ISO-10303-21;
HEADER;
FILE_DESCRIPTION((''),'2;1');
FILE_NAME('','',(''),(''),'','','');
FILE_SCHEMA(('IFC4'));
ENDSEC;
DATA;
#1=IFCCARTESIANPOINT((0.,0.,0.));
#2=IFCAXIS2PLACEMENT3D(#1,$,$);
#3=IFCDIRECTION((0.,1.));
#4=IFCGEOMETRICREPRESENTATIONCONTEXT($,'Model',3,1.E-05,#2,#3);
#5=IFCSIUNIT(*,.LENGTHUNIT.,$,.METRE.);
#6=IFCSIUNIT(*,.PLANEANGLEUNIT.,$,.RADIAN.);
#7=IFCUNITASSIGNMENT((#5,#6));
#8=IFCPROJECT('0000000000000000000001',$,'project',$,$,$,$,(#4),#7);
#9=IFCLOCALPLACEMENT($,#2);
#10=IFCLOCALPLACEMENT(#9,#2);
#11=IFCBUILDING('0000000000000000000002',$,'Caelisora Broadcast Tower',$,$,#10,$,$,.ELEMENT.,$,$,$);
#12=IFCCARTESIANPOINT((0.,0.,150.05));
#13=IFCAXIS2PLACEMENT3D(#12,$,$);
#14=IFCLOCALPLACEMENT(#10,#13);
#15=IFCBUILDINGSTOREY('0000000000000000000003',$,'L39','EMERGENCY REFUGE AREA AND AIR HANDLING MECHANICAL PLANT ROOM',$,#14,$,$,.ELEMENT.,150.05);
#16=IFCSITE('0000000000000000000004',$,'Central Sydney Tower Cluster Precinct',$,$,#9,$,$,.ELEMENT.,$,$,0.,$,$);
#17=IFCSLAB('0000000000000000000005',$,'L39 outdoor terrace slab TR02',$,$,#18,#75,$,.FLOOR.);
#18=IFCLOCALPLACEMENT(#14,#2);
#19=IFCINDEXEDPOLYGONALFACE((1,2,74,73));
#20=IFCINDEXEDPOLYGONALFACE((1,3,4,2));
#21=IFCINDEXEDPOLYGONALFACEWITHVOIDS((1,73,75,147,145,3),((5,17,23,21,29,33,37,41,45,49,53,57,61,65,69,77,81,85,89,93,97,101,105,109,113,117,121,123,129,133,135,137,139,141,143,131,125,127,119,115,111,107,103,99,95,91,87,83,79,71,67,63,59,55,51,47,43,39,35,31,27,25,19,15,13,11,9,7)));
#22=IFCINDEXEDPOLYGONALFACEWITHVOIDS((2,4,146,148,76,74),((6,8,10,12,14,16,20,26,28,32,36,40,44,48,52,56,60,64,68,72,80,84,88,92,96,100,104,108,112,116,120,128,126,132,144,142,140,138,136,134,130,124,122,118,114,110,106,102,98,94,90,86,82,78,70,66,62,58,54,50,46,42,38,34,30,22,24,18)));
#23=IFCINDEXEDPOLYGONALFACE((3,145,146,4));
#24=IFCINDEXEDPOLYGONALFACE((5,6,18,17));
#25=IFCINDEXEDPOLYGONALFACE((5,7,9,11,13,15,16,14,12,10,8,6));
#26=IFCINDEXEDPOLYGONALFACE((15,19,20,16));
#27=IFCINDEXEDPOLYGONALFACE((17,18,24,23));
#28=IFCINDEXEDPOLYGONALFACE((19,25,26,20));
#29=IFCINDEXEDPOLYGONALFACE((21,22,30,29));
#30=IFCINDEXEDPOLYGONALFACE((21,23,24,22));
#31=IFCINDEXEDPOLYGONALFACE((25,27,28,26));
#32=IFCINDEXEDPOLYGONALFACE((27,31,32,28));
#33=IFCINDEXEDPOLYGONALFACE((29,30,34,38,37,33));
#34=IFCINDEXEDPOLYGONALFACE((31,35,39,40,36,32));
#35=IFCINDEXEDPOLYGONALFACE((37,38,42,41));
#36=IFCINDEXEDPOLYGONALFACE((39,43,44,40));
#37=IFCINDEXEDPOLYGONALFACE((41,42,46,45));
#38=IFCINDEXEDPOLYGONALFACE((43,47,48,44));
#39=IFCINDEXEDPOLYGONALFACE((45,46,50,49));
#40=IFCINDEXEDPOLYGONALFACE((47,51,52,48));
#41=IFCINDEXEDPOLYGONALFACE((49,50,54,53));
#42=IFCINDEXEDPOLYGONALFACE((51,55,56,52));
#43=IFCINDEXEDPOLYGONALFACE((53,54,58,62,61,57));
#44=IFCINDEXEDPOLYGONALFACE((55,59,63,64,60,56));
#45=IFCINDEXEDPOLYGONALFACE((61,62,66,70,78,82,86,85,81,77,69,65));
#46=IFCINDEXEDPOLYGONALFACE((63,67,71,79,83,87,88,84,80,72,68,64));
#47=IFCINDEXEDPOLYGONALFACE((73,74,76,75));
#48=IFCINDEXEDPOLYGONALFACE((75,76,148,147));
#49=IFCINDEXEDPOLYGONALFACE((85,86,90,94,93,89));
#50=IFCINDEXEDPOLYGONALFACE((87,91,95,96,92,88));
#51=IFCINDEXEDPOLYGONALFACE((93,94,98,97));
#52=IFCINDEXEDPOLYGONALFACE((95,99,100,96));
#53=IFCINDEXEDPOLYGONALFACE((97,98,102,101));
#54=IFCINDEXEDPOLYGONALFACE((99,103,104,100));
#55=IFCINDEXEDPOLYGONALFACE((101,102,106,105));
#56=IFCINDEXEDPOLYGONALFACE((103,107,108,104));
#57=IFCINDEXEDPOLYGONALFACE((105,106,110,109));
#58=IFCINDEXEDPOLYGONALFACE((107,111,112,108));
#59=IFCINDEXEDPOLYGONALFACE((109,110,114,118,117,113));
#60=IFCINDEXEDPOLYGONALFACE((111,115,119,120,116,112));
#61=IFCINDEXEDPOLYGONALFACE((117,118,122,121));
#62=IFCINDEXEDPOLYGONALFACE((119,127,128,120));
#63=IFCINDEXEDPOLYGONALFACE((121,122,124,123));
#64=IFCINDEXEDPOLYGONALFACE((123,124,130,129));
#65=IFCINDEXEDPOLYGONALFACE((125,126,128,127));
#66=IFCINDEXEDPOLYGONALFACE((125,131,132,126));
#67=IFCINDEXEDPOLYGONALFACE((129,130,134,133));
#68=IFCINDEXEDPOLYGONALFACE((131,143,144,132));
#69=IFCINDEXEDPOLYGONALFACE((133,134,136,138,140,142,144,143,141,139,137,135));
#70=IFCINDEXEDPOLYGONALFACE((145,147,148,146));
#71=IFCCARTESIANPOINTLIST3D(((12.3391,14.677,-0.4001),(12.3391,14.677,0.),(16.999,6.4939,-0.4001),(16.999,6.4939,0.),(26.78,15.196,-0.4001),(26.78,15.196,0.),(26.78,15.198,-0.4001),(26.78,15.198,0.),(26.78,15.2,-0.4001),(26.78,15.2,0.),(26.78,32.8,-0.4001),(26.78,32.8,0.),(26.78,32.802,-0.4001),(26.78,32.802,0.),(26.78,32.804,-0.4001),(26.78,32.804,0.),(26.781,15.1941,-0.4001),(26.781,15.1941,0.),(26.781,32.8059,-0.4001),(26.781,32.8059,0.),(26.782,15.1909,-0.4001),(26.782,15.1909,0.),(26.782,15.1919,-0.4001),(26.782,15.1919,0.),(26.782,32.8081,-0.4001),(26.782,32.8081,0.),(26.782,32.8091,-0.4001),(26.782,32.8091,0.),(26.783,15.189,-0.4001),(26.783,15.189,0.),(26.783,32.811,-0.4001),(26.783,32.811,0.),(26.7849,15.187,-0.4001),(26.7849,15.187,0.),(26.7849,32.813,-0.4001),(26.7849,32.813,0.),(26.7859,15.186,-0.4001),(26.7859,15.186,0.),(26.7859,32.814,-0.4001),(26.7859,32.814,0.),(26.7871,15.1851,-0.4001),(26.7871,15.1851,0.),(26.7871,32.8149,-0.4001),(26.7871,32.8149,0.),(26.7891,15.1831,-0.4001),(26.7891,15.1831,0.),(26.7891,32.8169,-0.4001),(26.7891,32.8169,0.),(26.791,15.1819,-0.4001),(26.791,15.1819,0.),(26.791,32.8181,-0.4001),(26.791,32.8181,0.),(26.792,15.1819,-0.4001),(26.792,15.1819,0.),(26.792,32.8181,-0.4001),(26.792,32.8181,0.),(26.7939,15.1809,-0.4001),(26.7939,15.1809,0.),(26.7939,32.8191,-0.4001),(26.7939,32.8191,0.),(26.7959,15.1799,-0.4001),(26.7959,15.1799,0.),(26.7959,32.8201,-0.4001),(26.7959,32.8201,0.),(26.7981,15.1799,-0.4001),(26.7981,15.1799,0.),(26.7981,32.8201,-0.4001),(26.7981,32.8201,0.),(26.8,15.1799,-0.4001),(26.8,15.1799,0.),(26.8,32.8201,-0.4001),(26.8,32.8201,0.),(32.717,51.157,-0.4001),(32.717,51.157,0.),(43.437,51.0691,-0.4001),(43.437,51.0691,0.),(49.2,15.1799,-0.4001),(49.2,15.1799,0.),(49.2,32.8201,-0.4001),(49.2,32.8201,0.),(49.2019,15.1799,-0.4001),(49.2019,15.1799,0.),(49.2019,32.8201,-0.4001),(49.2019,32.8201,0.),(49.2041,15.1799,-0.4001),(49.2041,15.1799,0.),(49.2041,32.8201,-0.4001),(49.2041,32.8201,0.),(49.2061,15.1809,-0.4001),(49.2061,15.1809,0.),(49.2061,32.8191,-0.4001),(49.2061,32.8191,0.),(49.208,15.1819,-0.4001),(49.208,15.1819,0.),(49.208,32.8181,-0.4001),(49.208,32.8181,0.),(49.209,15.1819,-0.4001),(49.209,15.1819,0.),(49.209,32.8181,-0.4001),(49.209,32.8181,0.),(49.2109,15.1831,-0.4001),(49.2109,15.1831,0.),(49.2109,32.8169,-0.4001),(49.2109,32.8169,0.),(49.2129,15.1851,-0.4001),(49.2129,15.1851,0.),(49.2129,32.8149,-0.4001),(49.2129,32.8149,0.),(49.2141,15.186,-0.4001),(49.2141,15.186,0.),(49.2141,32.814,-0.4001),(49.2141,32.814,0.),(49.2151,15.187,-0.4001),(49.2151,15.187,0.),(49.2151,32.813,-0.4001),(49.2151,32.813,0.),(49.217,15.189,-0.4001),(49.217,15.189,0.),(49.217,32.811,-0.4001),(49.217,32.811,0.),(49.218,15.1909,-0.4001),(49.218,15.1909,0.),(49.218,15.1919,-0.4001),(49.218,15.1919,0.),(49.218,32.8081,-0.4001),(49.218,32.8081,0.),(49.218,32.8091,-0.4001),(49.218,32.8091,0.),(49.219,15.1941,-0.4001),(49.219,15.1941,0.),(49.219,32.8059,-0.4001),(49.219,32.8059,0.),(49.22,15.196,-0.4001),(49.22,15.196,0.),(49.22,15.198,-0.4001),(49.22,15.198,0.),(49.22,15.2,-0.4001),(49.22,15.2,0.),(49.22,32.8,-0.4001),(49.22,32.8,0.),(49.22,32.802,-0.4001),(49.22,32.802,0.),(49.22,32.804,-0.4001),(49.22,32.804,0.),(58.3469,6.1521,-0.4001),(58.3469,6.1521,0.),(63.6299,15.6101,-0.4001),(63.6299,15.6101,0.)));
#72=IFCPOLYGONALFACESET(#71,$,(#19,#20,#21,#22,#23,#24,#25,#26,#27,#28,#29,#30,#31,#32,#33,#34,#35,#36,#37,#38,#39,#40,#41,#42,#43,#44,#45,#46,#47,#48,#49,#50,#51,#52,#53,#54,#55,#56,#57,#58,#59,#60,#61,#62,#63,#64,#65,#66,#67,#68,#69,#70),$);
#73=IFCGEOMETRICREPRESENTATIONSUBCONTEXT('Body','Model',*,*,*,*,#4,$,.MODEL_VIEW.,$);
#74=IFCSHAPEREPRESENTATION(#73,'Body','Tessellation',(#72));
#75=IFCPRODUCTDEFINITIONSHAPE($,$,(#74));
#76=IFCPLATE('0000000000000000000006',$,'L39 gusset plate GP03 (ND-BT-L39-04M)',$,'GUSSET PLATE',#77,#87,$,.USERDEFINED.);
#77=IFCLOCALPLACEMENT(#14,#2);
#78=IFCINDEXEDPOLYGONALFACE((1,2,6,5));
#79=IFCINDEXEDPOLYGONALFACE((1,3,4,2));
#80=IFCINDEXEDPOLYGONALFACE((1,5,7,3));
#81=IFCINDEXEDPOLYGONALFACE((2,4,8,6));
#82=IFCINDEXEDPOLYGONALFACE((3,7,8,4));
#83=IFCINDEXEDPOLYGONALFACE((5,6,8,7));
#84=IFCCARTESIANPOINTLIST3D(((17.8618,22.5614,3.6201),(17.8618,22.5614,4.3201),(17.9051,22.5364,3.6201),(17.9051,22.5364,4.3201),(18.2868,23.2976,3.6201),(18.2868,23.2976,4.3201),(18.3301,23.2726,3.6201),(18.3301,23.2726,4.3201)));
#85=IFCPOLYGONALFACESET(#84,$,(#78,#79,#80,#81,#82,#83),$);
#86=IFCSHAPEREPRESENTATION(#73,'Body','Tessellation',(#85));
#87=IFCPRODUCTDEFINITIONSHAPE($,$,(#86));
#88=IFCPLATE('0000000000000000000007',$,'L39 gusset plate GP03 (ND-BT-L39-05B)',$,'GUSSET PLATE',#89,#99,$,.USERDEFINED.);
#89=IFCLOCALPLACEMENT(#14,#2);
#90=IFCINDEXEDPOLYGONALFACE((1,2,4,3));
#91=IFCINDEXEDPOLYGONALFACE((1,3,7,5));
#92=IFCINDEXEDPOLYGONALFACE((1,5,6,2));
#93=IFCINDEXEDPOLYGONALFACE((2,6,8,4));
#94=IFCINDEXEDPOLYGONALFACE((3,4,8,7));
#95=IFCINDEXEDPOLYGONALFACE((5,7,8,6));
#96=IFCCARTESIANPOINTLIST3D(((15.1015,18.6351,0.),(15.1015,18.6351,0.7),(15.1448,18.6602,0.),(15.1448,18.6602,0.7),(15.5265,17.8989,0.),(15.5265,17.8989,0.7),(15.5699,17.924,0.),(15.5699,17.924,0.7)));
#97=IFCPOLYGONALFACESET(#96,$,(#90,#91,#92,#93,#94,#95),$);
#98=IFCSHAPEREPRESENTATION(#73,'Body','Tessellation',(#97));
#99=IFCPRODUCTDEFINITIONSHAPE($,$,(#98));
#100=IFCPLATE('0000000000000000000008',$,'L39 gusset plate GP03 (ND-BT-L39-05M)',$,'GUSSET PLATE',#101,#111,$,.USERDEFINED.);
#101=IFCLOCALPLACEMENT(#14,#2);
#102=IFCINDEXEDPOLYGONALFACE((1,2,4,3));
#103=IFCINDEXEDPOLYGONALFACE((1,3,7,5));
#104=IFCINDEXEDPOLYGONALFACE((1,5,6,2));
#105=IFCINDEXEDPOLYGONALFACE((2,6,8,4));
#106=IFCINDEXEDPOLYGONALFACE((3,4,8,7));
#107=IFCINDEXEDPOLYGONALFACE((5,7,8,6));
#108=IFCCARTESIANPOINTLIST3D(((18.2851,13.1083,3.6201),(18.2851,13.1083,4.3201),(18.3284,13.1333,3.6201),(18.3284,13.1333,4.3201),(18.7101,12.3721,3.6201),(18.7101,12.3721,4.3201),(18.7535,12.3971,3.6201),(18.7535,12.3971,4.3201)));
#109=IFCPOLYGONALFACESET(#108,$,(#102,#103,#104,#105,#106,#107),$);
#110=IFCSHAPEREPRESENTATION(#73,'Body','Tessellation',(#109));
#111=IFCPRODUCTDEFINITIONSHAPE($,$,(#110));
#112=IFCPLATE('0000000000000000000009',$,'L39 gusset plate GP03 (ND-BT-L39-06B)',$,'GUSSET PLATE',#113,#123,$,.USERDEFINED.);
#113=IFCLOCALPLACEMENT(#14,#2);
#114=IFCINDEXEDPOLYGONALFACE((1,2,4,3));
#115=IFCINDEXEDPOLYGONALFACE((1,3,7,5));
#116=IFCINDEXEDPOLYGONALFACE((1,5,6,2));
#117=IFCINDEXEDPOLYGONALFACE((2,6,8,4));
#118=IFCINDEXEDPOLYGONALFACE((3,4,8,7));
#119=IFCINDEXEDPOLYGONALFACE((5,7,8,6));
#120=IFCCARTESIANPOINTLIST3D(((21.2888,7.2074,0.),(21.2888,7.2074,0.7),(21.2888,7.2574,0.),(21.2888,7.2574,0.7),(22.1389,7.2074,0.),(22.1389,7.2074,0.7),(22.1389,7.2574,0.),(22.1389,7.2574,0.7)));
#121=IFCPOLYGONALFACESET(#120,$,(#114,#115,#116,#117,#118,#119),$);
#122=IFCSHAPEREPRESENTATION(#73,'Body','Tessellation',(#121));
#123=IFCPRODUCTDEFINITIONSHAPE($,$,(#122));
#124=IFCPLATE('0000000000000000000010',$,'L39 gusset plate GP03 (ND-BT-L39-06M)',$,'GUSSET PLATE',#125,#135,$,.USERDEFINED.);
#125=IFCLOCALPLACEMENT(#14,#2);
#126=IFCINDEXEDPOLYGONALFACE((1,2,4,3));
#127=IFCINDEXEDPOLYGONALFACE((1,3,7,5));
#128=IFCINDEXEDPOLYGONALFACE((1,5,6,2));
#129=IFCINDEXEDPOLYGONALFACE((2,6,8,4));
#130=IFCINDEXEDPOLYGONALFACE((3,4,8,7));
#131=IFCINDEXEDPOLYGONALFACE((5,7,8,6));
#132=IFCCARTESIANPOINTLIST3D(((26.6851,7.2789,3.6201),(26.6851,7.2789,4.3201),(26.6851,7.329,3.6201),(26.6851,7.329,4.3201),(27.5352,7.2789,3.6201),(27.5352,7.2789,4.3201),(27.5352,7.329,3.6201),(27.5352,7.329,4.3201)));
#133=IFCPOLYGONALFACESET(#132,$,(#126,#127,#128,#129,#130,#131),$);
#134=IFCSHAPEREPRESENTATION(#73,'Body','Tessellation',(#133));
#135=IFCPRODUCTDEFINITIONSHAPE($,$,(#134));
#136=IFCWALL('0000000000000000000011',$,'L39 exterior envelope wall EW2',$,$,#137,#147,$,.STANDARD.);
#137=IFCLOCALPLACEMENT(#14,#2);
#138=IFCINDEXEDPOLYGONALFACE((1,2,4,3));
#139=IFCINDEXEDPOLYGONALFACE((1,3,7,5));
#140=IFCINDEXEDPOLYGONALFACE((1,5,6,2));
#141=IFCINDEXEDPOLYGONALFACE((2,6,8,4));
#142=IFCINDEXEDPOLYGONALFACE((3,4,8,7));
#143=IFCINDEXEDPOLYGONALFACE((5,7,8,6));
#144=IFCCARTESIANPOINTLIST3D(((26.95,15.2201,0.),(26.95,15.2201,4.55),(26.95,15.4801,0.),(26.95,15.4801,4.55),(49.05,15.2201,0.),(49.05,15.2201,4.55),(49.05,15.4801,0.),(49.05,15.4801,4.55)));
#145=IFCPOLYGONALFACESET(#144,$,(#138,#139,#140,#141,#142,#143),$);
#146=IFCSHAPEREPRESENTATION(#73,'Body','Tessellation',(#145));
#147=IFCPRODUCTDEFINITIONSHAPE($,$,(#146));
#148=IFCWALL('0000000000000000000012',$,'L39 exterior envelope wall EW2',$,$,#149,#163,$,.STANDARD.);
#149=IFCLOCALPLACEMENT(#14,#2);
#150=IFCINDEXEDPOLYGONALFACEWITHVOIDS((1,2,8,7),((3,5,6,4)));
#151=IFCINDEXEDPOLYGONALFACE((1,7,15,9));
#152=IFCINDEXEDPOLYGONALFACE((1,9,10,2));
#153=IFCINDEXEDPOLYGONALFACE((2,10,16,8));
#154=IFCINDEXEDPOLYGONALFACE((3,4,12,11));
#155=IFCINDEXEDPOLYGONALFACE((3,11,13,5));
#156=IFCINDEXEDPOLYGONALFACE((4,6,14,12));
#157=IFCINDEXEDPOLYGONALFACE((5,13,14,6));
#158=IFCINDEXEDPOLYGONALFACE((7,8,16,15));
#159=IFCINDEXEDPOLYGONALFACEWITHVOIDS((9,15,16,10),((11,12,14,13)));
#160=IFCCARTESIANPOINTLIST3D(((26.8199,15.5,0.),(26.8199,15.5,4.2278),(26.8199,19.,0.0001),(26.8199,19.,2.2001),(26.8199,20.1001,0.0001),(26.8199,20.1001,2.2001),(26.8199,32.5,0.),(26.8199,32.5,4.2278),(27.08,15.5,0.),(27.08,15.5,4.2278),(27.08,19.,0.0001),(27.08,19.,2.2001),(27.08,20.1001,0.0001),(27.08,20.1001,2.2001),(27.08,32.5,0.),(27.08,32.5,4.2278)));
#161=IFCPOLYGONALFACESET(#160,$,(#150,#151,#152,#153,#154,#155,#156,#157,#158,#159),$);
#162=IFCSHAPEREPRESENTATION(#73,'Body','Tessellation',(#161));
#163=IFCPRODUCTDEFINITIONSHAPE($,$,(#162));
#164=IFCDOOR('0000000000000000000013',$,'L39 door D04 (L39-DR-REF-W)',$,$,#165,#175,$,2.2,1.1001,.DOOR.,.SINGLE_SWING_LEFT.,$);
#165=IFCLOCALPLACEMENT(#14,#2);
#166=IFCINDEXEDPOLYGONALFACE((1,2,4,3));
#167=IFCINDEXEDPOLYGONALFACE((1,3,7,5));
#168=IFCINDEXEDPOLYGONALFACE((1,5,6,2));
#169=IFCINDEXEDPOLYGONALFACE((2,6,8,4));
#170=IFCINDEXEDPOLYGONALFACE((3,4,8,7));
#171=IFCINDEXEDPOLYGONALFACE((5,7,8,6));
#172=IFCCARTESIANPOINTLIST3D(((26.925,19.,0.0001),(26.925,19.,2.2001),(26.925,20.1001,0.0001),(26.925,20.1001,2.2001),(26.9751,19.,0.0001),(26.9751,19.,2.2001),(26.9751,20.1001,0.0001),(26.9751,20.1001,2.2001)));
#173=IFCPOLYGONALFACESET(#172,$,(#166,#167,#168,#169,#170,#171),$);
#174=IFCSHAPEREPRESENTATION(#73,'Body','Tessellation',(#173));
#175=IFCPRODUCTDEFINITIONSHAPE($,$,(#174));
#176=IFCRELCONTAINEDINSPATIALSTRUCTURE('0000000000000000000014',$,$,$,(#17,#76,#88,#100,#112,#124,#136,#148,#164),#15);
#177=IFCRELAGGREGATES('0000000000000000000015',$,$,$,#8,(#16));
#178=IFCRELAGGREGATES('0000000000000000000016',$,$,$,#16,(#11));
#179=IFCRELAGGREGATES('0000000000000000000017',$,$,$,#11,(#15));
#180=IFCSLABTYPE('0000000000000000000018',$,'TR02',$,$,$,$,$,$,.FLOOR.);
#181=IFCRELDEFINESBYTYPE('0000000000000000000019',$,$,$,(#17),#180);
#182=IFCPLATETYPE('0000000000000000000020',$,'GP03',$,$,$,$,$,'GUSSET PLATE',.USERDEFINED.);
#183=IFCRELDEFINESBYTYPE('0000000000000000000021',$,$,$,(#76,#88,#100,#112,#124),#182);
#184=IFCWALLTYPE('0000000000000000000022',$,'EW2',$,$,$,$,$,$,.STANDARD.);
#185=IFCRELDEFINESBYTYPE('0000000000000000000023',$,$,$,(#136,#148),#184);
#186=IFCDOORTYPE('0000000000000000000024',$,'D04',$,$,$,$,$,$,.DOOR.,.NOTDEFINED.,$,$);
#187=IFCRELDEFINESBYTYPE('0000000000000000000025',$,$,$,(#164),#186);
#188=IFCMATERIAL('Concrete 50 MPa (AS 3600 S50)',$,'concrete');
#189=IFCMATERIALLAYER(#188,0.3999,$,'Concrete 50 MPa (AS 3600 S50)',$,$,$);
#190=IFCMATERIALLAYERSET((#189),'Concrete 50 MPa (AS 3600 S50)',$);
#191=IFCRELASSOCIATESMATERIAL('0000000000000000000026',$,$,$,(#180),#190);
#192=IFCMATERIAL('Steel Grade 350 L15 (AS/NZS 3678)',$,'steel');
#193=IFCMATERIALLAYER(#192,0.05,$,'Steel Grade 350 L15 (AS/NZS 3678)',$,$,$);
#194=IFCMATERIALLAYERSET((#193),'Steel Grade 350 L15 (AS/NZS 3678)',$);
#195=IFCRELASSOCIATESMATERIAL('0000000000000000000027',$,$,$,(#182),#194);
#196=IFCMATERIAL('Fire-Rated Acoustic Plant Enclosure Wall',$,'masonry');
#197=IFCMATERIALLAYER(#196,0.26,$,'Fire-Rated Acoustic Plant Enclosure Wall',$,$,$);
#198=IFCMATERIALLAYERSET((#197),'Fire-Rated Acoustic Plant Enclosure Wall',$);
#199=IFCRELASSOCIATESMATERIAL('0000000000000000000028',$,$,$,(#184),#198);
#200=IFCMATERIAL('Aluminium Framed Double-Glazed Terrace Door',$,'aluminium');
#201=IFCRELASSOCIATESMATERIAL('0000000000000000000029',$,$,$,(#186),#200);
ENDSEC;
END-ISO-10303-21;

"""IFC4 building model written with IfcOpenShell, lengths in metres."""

from ifc_helpers import new_model, si_unit, direction, frame, frame_2d, origin, origin_2d, place, context, subcontext, project, spatial, polyline, rectangle, outline, extrude, source, transform, mapped, material, layer, layer_set, type_object, type_shapes, element, fill, save


model = new_model("IFC4")

# Units and contexts
model_context = context("Model", 3, precision=1e-05, world=origin(), true_north=direction((0.0, 1.0)))
body_context = subcontext(model_context, "Body", "Model", "MODEL_VIEW")
ifc_project = project(units=[si_unit("LENGTHUNIT", "METRE"), si_unit("PLANEANGLEUNIT", "RADIAN")], contexts=[model_context])

# Site, building, storey
site_placement = place(None, origin())
site = spatial("IfcSite", under=ifc_project, at=site_placement, Name="Central Sydney Tower Cluster Precinct", CompositionType="ELEMENT", RefElevation=0.0)
building_placement = place(site_placement, origin())
building = spatial("IfcBuilding", under=site, at=building_placement, Name="Caelisora Broadcast Tower", CompositionType="ELEMENT")
storey_placement = place(building_placement, frame((0.0, 0.0, 150.05)))
storey = spatial("IfcBuildingStorey", under=building, at=storey_placement, Name="L39", Description="EMERGENCY REFUGE AREA AND AIR HANDLING MECHANICAL PLANT ROOM", CompositionType="ELEMENT", Elevation=150.05)

# Shared definitions
ifc_material_1 = material(Name="Steel Grade 350 L15 (AS/NZS 3678)", Category="steel")

# Shared definitions
ifc_material_2 = material(Name="Concrete 50 MPa (AS 3600 S50)", Category="concrete")

# Slab
ifc_layer_1 = layer(ifc_material_2, 0.3999, Name="Concrete 50 MPa (AS 3600 S50)")
ifc_layer_set_1 = layer_set([ifc_layer_1], Name="Concrete 50 MPa (AS 3600 S50)")
slab_type_1 = type_object("IfcSlabType", Name="TR02", PredefinedType="FLOOR", material=ifc_layer_set_1)
slab_1_placement = place(storey_placement, frame((0.0, 0.0, -0.4001)))
element("IfcSlab", 1, at=slab_1_placement, inside=storey, type_object=slab_type_1, Name="L39 outdoor terrace slab TR02", PredefinedType="FLOOR", context=body_context, shape_type="SweptSolid", body=[
    extrude(outline(polyline([(63.6299, 15.6101), (58.3469, 6.1521), (16.999, 6.4939), (12.3391, 14.677), (32.717, 51.157), (43.437, 51.0691), (63.6299, 15.6101)]), holes=[polyline([(49.2, 15.1799), (49.2019, 15.1799), (49.2041, 15.1799), (49.2061, 15.1809), (49.208, 15.1819), (49.209, 15.1819), (49.2109, 15.1831), (49.2129, 15.1851), (49.2141, 15.186), (49.2151, 15.187), (49.217, 15.189), (49.218, 15.1909), (49.218, 15.1919), (49.219, 15.1941), (49.22, 15.196), (49.22, 15.198), (49.22, 15.2), (49.22, 32.8), (49.22, 32.802), (49.22, 32.804), (49.219, 32.8059), (49.218, 32.8081), (49.218, 32.8091), (49.217, 32.811), (49.2151, 32.813), (49.2141, 32.814), (49.2129, 32.8149), (49.2109, 32.8169), (49.209, 32.8181), (49.208, 32.8181), (49.2061, 32.8191), (49.2041, 32.8201), (49.2019, 32.8201), (49.2, 32.8201), (26.8, 32.8201), (26.7981, 32.8201), (26.7959, 32.8201), (26.7939, 32.8191), (26.792, 32.8181), (26.791, 32.8181), (26.7891, 32.8169), (26.7871, 32.8149), (26.7859, 32.814), (26.7849, 32.813), (26.783, 32.811), (26.782, 32.8091), (26.782, 32.8081), (26.781, 32.8059), (26.78, 32.804), (26.78, 32.802), (26.78, 32.8), (26.78, 15.2), (26.78, 15.198), (26.78, 15.196), (26.781, 15.1941), (26.782, 15.1919), (26.782, 15.1909), (26.783, 15.189), (26.7849, 15.187), (26.7859, 15.186), (26.7871, 15.1851), (26.7891, 15.1831), (26.791, 15.1819), (26.792, 15.1819), (26.7939, 15.1809), (26.7959, 15.1799), (26.7981, 15.1799), (26.8, 15.1799), (49.2, 15.1799)])]), origin(), (0.0, 0.0, 1.0), 0.4001),
])

# Plates
ifc_layer_2 = layer(ifc_material_1, 0.05, Name="Steel Grade 350 L15 (AS/NZS 3678)")
ifc_layer_set_2 = layer_set([ifc_layer_2], Name="Steel Grade 350 L15 (AS/NZS 3678)")
plate_type = type_object("IfcPlateType", Name="GP03", ElementType="GUSSET PLATE", PredefinedType="USERDEFINED", material=ifc_layer_set_2)
shared_shape_1 = source(origin(), body_context, "Body", "SweptSolid", [
    extrude(rectangle(XDim=0.8501, YDim=0.05, at=origin_2d()), origin(), (0.0, 0.0, 1.0), 0.7),
])
type_shapes(plate_type, [shared_shape_1])
for number, where, z_axis, x_axis, name in (
    (2, (18.0959, 22.917, 3.6201), (0.0, 0.0, 1.0), (-0.5, -0.866025, 0.0), "L39 gusset plate GP03 (ND-BT-L39-04M)"),
    (3, (15.3357, 18.2795, 0.0), (0.0, 0.0, 1.0), (0.5, -0.866025, 0.0), "L39 gusset plate GP03 (ND-BT-L39-05B)"),
    (4, (18.5193, 12.7527, 3.6201), (0.0, 0.0, 1.0), (0.5, -0.866025, 0.0), "L39 gusset plate GP03 (ND-BT-L39-05M)"),
    (5, (21.7139, 7.2324, 0.0), (0.0, 0.0, 1.0), (1.0, 0.0, 0.0), "L39 gusset plate GP03 (ND-BT-L39-06B)"),
    (6, (27.1101, 7.304, 3.6201), (0.0, 0.0, 1.0), (1.0, 0.0, 0.0), "L39 gusset plate GP03 (ND-BT-L39-06M)"),
):
    element("IfcPlate", number, at=place(storey_placement, frame(where, z_axis=z_axis, x_axis=x_axis)), inside=storey, type_object=plate_type, Name=name, ObjectType="GUSSET PLATE", PredefinedType="USERDEFINED", context=body_context, shape_type="MappedRepresentation", body=[
        mapped(shared_shape_1, transform((0.0, 0.0, 0.0), scale=1.0)),
    ])

# Wall
ifc_material_3 = material(Name="Fire-Rated Acoustic Plant Enclosure Wall", Category="masonry")
ifc_layer_3 = layer(ifc_material_3, 0.26, Name="Fire-Rated Acoustic Plant Enclosure Wall")
ifc_layer_set_3 = layer_set([ifc_layer_3], Name="Fire-Rated Acoustic Plant Enclosure Wall")
wall_type = type_object("IfcWallType", Name="EW2", PredefinedType="STANDARD", material=ifc_layer_set_3)
wall_1_placement = place(storey_placement, frame((26.95, 15.3501, 0.0), z_axis=(0.0, 0.0, 1.0), x_axis=(1.0, 0.0, 0.0)))
element("IfcWall", 7, at=wall_1_placement, inside=storey, type_object=wall_type, Name="L39 exterior envelope wall EW2", PredefinedType="STANDARD", context=body_context, shape_type="SweptSolid", body=[
    extrude(rectangle(XDim=22.1001, YDim=0.26, at=frame_2d((11.05, 0.0))), origin(), (0.0, 0.0, 1.0), 4.55),
])

# Wall, opening, door
wall_2_placement = place(storey_placement, frame((26.95, 15.5, 0.0), z_axis=(0.0, 0.0, 1.0), x_axis=(0.0, 1.0, 0.0)))
wall_2 = element("IfcWall", 8, at=wall_2_placement, inside=storey, type_object=wall_type, Name="L39 exterior envelope wall EW2", PredefinedType="STANDARD", context=body_context, shape_type="SweptSolid", body=[
    extrude(rectangle(XDim=17.0, YDim=0.26, at=frame_2d((8.5, 0.0))), origin(), (0.0, 0.0, 1.0), 4.2278),
])
opening_placement = place(wall_2_placement, frame((3.5, 0.0, 0.0)))
opening = element("IfcOpeningElement", 9, at=opening_placement, cuts=wall_2, PredefinedType="OPENING", context=body_context, shape_type="SweptSolid", body=[
    extrude(rectangle(XDim=1.1001, YDim=2.2, at=frame_2d((0.55, 1.1001))), frame((0.0, 0.1421, 0.0), z_axis=(0.0, -1.0, 0.0), x_axis=(1.0, 0.0, 0.0)), (0.0, 0.0, 1.0), 0.2839),
])
ifc_material_4 = material(Name="Aluminium Framed Double-Glazed Terrace Door", Category="aluminium")
door_type = type_object("IfcDoorType", Name="D04", OperationType="NOTDEFINED", PredefinedType="DOOR", material=ifc_material_4)
door_placement = place(opening_placement, origin())
door = element("IfcDoor", 10, at=door_placement, inside=storey, type_object=door_type, Name="L39 door D04 (L39-DR-REF-W)", OperationType="SINGLE_SWING_LEFT", OverallHeight=2.2, OverallWidth=1.1001, PredefinedType="DOOR", context=body_context, shape_type="SweptSolid", body=[
    extrude(rectangle(XDim=1.1001, YDim=2.2, at=frame_2d((0.55, 1.1001))), frame((0.0, 0.0249, 0.0), z_axis=(0.0, -1.0, 0.0), x_axis=(1.0, 0.0, 0.0)), (0.0, 0.0, 1.0), 0.05),
])
fill(opening, door)

save(model, "model.ifc")
